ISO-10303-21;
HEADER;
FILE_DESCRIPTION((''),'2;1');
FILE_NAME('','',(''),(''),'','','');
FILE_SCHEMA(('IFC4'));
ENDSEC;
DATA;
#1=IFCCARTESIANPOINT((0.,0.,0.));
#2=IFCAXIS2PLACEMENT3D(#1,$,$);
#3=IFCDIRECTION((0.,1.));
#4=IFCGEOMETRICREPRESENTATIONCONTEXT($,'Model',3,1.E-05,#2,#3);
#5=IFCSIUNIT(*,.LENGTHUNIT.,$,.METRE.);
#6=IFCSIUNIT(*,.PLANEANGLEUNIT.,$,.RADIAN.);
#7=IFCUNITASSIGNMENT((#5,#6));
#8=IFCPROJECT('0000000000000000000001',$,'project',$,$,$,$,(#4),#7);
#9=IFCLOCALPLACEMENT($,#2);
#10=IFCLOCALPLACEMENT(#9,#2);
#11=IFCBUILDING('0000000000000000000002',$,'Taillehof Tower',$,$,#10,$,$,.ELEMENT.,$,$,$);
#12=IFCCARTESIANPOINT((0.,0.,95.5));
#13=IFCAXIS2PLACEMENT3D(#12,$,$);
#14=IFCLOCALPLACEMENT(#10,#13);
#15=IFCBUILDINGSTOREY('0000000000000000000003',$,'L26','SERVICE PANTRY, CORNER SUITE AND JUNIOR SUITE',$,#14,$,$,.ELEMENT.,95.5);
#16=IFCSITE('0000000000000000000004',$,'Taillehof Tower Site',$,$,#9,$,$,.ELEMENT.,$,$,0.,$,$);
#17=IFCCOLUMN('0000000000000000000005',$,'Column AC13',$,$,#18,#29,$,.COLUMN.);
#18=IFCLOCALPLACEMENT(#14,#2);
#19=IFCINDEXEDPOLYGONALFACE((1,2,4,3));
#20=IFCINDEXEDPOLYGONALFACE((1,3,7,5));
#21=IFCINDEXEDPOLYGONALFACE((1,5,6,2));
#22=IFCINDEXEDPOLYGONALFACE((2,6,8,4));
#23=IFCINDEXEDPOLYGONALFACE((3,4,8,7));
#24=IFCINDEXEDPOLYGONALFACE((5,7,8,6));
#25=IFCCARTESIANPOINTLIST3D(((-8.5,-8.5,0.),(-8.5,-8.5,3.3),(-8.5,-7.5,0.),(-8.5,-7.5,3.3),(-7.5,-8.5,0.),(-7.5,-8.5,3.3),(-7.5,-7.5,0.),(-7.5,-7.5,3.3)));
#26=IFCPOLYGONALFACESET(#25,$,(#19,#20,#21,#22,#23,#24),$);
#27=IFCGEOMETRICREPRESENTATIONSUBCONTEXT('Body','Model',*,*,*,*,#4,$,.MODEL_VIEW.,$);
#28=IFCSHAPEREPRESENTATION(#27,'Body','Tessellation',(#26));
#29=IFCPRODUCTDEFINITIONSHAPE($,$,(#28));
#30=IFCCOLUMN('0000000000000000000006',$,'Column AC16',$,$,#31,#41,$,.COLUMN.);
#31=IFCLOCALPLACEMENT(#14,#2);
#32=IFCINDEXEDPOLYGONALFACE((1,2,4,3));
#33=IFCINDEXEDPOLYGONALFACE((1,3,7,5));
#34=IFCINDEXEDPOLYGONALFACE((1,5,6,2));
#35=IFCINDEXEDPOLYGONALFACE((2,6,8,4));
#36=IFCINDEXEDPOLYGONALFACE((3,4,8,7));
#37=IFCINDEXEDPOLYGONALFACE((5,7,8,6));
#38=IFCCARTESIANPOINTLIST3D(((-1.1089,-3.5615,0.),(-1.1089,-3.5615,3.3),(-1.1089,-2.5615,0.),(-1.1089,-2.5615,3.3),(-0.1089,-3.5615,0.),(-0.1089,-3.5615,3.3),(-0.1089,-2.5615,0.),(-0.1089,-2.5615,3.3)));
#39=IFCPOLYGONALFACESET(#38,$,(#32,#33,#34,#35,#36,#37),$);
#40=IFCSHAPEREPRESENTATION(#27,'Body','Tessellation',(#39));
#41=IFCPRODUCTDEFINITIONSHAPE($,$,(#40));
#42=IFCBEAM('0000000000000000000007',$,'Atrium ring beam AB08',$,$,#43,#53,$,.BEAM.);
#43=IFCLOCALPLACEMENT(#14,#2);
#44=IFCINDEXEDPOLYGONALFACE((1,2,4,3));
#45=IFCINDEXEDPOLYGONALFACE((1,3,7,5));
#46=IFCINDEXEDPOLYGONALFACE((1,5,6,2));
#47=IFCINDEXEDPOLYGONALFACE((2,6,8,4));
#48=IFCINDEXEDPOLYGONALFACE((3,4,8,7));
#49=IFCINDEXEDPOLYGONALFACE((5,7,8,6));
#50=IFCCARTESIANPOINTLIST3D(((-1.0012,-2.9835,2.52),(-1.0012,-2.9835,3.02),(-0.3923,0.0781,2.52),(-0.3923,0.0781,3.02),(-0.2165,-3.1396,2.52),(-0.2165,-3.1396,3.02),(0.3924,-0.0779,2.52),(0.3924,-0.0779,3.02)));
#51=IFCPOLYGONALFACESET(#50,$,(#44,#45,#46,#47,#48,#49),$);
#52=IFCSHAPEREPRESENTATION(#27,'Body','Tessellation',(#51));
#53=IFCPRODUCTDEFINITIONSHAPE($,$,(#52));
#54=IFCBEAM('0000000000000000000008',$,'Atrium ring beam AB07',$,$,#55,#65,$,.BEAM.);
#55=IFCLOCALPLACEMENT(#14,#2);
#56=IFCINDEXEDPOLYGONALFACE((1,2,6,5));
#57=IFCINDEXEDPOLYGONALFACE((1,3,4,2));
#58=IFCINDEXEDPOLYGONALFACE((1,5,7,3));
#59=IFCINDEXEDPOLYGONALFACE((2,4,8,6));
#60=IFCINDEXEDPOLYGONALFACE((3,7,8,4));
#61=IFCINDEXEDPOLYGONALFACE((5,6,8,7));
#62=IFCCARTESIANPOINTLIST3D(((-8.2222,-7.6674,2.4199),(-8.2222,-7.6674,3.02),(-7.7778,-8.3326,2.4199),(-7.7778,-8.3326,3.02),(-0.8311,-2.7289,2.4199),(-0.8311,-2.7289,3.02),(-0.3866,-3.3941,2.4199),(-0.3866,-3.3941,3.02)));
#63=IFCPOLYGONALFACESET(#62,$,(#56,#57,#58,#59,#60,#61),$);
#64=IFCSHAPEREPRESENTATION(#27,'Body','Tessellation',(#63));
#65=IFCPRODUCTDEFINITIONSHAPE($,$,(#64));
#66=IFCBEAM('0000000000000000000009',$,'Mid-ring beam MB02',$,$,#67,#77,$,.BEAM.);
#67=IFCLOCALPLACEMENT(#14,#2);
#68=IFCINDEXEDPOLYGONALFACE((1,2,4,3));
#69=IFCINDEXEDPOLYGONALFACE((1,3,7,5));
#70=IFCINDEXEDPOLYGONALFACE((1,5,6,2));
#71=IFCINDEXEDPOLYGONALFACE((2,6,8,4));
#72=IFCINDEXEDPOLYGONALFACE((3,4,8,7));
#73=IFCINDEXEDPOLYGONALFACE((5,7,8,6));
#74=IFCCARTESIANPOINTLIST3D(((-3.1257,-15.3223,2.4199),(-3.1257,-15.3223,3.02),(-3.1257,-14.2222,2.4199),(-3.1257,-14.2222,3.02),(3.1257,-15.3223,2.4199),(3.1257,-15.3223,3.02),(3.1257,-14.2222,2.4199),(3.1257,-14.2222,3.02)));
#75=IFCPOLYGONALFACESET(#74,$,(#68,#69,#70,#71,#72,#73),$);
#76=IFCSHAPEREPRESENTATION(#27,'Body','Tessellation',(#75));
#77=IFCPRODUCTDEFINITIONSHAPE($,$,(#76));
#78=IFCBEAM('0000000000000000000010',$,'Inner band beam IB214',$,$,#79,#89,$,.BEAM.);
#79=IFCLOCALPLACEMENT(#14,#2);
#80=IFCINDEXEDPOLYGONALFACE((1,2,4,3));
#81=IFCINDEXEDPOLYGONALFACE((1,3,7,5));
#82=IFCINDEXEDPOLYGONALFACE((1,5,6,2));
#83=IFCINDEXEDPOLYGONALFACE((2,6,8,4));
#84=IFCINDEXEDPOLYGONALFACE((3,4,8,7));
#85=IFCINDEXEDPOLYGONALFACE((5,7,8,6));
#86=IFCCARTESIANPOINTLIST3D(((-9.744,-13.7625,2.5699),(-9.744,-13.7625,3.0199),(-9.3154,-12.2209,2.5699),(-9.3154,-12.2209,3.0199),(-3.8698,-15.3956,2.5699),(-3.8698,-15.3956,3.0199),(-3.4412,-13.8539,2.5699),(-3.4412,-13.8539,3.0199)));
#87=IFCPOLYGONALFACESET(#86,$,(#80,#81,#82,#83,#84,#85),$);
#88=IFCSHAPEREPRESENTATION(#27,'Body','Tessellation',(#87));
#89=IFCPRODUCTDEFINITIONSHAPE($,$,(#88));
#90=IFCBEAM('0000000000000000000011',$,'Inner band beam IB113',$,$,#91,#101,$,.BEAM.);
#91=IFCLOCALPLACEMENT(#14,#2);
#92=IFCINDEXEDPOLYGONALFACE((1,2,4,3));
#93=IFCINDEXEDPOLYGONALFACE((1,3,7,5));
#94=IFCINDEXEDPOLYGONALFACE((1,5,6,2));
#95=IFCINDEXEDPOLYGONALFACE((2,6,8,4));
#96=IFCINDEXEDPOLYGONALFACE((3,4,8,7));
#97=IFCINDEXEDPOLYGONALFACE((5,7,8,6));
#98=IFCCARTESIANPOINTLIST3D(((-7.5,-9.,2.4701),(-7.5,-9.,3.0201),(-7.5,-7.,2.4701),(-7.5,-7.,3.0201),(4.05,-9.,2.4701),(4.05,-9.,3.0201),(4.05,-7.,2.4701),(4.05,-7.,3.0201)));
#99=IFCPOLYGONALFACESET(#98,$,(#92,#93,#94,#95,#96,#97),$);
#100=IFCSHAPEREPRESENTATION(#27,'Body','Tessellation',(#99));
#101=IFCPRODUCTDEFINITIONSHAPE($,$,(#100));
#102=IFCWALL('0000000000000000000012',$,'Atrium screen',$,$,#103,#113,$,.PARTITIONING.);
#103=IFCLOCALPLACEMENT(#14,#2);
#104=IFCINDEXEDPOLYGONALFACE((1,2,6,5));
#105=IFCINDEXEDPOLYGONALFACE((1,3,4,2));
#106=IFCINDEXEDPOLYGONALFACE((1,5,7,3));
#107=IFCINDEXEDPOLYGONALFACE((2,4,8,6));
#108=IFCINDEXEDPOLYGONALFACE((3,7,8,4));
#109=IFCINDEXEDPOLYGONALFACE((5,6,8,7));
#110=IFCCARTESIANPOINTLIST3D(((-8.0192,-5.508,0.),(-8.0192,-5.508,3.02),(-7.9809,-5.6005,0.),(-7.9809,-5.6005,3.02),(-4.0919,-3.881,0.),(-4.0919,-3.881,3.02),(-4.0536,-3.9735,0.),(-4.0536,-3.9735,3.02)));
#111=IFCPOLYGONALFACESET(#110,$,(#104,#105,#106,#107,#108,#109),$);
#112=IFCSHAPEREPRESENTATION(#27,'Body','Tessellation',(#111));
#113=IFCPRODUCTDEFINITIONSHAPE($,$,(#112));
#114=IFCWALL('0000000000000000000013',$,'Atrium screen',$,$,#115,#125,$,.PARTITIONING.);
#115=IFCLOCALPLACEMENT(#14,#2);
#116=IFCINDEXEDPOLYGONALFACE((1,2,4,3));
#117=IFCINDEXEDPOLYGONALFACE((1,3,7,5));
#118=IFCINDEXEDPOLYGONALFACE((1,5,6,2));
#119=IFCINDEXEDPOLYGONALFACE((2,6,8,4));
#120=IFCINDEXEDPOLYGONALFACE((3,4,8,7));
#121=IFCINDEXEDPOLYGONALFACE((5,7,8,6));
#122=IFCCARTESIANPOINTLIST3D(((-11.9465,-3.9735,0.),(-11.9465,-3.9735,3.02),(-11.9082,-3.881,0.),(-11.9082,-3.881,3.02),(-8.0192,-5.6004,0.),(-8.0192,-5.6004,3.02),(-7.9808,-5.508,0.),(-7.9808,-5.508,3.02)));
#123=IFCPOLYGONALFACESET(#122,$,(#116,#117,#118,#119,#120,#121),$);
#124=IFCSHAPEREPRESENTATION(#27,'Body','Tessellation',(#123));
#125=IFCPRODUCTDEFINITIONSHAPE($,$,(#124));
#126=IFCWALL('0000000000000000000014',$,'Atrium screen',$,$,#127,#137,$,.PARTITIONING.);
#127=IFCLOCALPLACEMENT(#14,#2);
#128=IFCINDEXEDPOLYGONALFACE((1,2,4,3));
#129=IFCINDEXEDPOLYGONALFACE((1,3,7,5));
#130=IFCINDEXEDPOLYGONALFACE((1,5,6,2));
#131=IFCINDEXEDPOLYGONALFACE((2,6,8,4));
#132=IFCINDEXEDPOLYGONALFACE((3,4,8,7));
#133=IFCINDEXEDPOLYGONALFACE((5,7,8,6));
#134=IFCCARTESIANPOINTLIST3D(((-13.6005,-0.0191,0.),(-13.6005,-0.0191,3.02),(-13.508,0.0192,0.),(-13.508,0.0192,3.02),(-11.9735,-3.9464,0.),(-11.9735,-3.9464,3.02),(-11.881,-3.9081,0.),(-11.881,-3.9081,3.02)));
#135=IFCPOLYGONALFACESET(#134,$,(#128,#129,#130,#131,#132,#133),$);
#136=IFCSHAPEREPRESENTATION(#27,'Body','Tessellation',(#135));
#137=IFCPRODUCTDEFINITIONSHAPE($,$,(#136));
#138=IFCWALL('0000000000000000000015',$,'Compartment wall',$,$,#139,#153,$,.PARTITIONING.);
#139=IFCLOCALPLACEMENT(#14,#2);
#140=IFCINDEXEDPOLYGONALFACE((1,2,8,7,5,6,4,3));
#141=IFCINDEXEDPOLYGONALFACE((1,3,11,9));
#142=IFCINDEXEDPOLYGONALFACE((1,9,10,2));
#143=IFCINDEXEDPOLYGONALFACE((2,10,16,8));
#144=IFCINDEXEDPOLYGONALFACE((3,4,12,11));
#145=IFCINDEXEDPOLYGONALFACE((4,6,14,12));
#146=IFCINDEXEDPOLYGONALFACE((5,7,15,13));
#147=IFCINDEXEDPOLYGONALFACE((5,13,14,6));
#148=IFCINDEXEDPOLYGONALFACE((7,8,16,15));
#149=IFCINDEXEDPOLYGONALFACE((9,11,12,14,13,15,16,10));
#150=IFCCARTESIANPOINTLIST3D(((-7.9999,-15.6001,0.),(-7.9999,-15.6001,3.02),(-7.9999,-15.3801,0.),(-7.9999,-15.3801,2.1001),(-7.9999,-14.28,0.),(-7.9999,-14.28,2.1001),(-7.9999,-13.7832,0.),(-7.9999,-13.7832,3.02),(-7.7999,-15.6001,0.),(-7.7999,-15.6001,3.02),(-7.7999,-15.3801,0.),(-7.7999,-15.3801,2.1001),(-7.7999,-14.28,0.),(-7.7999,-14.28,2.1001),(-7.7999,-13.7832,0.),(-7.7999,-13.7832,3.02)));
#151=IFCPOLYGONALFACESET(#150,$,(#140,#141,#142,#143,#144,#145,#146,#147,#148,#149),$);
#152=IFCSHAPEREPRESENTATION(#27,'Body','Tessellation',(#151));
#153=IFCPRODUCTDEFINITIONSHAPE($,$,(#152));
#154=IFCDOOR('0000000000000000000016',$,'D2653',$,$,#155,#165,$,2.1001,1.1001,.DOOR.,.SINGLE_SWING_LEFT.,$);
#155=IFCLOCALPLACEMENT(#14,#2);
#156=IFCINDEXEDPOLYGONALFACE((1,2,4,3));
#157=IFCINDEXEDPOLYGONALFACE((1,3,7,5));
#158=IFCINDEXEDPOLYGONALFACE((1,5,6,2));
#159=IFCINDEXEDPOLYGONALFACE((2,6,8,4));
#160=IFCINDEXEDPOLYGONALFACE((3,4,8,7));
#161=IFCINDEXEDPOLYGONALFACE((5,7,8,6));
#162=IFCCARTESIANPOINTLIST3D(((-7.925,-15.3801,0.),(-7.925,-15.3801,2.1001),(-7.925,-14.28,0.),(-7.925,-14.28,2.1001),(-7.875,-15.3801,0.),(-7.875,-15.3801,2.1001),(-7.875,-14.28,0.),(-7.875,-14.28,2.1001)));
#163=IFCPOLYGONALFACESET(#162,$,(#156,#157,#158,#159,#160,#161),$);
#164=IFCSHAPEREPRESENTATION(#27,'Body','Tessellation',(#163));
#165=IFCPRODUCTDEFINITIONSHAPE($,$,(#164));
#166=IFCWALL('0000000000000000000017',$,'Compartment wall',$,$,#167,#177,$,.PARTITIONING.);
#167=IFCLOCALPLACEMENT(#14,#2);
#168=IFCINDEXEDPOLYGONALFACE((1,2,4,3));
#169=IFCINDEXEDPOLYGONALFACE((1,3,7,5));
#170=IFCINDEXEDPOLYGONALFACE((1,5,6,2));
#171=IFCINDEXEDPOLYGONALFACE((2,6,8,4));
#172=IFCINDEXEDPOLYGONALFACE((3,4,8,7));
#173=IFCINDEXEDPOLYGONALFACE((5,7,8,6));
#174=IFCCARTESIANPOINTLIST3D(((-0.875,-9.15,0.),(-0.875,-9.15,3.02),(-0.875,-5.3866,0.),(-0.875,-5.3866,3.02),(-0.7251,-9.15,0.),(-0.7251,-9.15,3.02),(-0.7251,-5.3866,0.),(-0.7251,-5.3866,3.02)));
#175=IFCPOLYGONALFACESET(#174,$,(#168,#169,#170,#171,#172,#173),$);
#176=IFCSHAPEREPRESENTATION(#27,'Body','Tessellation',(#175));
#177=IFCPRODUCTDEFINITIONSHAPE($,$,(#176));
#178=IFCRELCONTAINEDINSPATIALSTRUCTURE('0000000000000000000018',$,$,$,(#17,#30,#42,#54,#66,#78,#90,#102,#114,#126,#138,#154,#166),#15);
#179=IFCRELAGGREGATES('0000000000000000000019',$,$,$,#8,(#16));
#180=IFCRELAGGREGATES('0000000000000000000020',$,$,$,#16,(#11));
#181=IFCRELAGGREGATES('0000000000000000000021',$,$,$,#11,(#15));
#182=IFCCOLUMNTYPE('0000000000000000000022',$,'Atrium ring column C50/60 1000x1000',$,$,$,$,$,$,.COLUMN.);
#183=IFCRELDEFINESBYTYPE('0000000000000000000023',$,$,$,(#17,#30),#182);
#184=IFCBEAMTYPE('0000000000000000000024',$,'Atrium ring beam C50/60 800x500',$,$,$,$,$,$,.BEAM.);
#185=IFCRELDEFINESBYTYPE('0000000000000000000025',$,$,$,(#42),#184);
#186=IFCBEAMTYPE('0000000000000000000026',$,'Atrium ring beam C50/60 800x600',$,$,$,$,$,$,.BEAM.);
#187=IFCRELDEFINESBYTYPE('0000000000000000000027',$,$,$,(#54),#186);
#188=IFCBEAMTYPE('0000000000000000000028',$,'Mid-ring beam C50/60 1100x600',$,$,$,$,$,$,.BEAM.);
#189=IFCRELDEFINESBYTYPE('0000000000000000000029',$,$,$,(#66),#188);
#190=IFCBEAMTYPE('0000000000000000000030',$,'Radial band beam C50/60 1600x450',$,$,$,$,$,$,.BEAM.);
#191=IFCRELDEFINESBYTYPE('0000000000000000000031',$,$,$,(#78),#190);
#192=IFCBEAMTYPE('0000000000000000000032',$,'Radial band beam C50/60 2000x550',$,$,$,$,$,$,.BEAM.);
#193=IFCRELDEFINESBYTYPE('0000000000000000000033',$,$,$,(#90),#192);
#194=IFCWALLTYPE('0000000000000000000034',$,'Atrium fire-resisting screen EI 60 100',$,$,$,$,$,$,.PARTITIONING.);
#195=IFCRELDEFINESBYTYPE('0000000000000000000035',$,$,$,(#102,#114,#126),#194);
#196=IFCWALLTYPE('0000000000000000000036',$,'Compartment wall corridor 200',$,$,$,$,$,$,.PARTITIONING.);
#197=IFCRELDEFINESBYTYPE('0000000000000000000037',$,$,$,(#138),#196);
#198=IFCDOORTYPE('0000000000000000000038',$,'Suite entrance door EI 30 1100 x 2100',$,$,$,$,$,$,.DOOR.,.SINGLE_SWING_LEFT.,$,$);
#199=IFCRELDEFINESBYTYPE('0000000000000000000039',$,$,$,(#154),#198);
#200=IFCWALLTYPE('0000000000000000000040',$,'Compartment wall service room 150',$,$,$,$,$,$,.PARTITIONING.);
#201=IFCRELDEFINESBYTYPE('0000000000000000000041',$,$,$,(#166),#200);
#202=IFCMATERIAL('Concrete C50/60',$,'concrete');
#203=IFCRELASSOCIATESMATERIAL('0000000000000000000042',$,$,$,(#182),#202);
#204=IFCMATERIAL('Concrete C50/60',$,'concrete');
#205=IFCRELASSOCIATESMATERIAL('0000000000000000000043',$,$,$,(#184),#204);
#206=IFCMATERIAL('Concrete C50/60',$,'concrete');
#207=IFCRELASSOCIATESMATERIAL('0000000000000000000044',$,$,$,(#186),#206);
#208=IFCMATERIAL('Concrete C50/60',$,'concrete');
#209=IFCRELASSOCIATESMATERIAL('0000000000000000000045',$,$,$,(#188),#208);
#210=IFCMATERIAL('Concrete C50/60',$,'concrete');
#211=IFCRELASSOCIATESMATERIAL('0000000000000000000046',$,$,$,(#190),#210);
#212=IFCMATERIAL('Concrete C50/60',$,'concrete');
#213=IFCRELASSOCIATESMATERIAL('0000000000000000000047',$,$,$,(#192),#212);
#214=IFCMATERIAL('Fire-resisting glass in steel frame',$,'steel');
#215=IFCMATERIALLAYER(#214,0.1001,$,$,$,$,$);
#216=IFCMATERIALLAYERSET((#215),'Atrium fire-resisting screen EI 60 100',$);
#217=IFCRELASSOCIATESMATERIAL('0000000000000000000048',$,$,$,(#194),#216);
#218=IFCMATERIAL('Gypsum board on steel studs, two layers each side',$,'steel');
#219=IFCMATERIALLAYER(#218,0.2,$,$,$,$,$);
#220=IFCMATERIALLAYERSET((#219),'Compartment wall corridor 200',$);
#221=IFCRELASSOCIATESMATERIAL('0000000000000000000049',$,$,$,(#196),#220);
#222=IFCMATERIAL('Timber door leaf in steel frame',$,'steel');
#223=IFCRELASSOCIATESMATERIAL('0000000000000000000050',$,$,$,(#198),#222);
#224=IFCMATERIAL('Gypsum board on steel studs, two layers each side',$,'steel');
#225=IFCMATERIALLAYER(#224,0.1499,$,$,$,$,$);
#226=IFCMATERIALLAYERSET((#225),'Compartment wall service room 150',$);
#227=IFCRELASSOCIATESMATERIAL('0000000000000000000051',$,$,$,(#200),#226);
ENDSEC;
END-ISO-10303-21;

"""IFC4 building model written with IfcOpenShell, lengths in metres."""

from ifc_helpers import new_model, si_unit, direction, frame, frame_2d, origin, origin_2d, place, context, subcontext, project, spatial, rectangle, extrude, material, layer, layer_set, material_profile, profile_set, type_object, element, fill, save


model = new_model("IFC4")

# Units and contexts
model_context = context("Model", 3, precision=1e-05, world=origin(), true_north=direction((0.0, 1.0)))
body_context = subcontext(model_context, "Body", "Model", "MODEL_VIEW")
ifc_project = project(units=[si_unit("LENGTHUNIT", "METRE"), si_unit("PLANEANGLEUNIT", "RADIAN")], contexts=[model_context])

# Site, building, storey
site_placement = place(None, origin())
site = spatial("IfcSite", under=ifc_project, at=site_placement, Name="Taillehof Tower Site", CompositionType="ELEMENT", RefElevation=0.0)
building_placement = place(site_placement, origin())
building = spatial("IfcBuilding", under=site, at=building_placement, Name="Taillehof Tower", CompositionType="ELEMENT")
storey_placement = place(building_placement, frame((0.0, 0.0, 95.5)))
storey = spatial("IfcBuildingStorey", under=building, at=storey_placement, Name="L26", Description="SERVICE PANTRY, CORNER SUITE AND JUNIOR SUITE", CompositionType="ELEMENT", Elevation=95.5)

# Columns
ifc_material_1 = material(Name="Concrete C50/60", Category="concrete")
ifc_material_profile_1 = material_profile(ifc_material_1, rectangle(XDim=1.0, YDim=1.0, at=origin_2d()), Name="RC 1000x1000")
ifc_profile_set_1 = profile_set([ifc_material_profile_1], Name="Concrete C50/60")
column_type = type_object("IfcColumnType", Name="Atrium ring column C50/60 1000x1000", PredefinedType="COLUMN", material=ifc_profile_set_1)
for number, where, z_axis, x_axis, name in (
    (1, (-8.0, -8.0, 0.0), (0.0, 0.0, 1.0), (1.0, 0.0, 0.0), "Column AC13"),
    (2, (-0.6089, -3.0615, 0.0), (0.0, 0.0, 1.0), (1.0, 0.0, 0.0), "Column AC16"),
):
    element("IfcColumn", number, at=place(storey_placement, frame(where, z_axis=z_axis, x_axis=x_axis)), inside=storey, type_object=column_type, Name=name, PredefinedType="COLUMN", context=body_context, shape_type="SweptSolid", body=[
        extrude(rectangle(XDim=1.0, YDim=1.0, at=origin_2d()), origin(), (0.0, 0.0, 1.0), 3.3),
    ])

# Beams
ifc_material_2 = material(Name="Concrete C50/60", Category="concrete")
ifc_material_profile_2 = material_profile(ifc_material_2, rectangle(XDim=0.8, YDim=0.5, at=origin_2d()), Name="RC 800x500")
ifc_profile_set_2 = profile_set([ifc_material_profile_2], Name="Concrete C50/60")
beam_type_1 = type_object("IfcBeamType", Name="Atrium ring beam C50/60 800x500", PredefinedType="BEAM", material=ifc_profile_set_2)
beam_1_placement = place(storey_placement, frame((-0.6089, -3.0615, 2.77), z_axis=(0.195063, 0.980791, 0.0), x_axis=(-0.980791, 0.195063, 0.0)))
element("IfcBeam", 3, at=beam_1_placement, inside=storey, type_object=beam_type_1, Name="Atrium ring beam AB08", PredefinedType="BEAM", context=body_context, shape_type="SweptSolid", body=[
    extrude(rectangle(XDim=0.8, YDim=0.5, at=origin_2d()), origin(), (0.0, 0.0, 1.0), 3.1216),
])
ifc_material_3 = material(Name="Concrete C50/60", Category="concrete")
ifc_material_profile_3 = material_profile(ifc_material_3, rectangle(XDim=0.8, YDim=0.6001, at=origin_2d()), Name="RC 800x600")
ifc_profile_set_3 = profile_set([ifc_material_profile_3], Name="Concrete C50/60")
beam_type_2 = type_object("IfcBeamType", Name="Atrium ring beam C50/60 800x600", PredefinedType="BEAM", material=ifc_profile_set_3)
beam_2_placement = place(storey_placement, frame((-8.0, -8.0, 2.72), z_axis=(0.831475, 0.555562, 0.0), x_axis=(-0.555562, 0.831475, 0.0)))
element("IfcBeam", 4, at=beam_2_placement, inside=storey, type_object=beam_type_2, Name="Atrium ring beam AB07", PredefinedType="BEAM", context=body_context, shape_type="SweptSolid", body=[
    extrude(rectangle(XDim=0.8, YDim=0.6001, at=origin_2d()), origin(), (0.0, 0.0, 1.0), 8.8892),
])
ifc_material_4 = material(Name="Concrete C50/60", Category="concrete")
ifc_material_profile_4 = material_profile(ifc_material_4, rectangle(XDim=1.1001, YDim=0.6001, at=origin_2d()), Name="RC 1100x600")
ifc_profile_set_4 = profile_set([ifc_material_profile_4], Name="Concrete C50/60")
beam_type_3 = type_object("IfcBeamType", Name="Mid-ring beam C50/60 1100x600", PredefinedType="BEAM", material=ifc_profile_set_4)
beam_3_placement = place(storey_placement, frame((-3.1257, -14.7722, 2.72), z_axis=(1.0, 0.0, 0.0), x_axis=(0.0, 1.0, 0.0)))
element("IfcBeam", 5, at=beam_3_placement, inside=storey, type_object=beam_type_3, Name="Mid-ring beam MB02", PredefinedType="BEAM", context=body_context, shape_type="SweptSolid", body=[
    extrude(rectangle(XDim=1.1001, YDim=0.6001, at=origin_2d()), origin(), (0.0, 0.0, 1.0), 6.2515),
])
ifc_material_5 = material(Name="Concrete C50/60", Category="concrete")
ifc_material_profile_5 = material_profile(ifc_material_5, rectangle(XDim=1.6001, YDim=0.45, at=origin_2d()), Name="RC 1600x450")
ifc_profile_set_5 = profile_set([ifc_material_profile_5], Name="Concrete C50/60")
beam_type_4 = type_object("IfcBeamType", Name="Radial band beam C50/60 1600x450", PredefinedType="BEAM", material=ifc_profile_set_5)
beam_4_placement = place(storey_placement, frame((-3.6555, -14.6248, 2.7949), z_axis=(-0.963459, 0.267855, 0.0), x_axis=(-0.267855, -0.963459, 0.0)))
element("IfcBeam", 6, at=beam_4_placement, inside=storey, type_object=beam_type_4, Name="Inner band beam IB214", PredefinedType="BEAM", context=body_context, shape_type="SweptSolid", body=[
    extrude(rectangle(XDim=1.6001, YDim=0.45, at=origin_2d()), origin(), (0.0, 0.0, 1.0), 6.0969),
])
ifc_material_6 = material(Name="Concrete C50/60", Category="concrete")
ifc_material_profile_6 = material_profile(ifc_material_6, rectangle(XDim=2.0, YDim=0.55, at=origin_2d()), Name="RC 2000x550")
ifc_profile_set_6 = profile_set([ifc_material_profile_6], Name="Concrete C50/60")
beam_type_5 = type_object("IfcBeamType", Name="Radial band beam C50/60 2000x550", PredefinedType="BEAM", material=ifc_profile_set_6)
beam_5_placement = place(storey_placement, frame((-7.5, -8.0, 2.7451), z_axis=(1.0, 0.0, 0.0), x_axis=(0.0, 1.0, 0.0)))
element("IfcBeam", 7, at=beam_5_placement, inside=storey, type_object=beam_type_5, Name="Inner band beam IB113", PredefinedType="BEAM", context=body_context, shape_type="SweptSolid", body=[
    extrude(rectangle(XDim=2.0, YDim=0.55, at=origin_2d()), origin(), (0.0, 0.0, 1.0), 11.55),
])

# Walls
ifc_material_7 = material(Name="Fire-resisting glass in steel frame", Category="steel")
ifc_layer_1 = layer(ifc_material_7, 0.1001)
ifc_layer_set_1 = layer_set([ifc_layer_1], Name="Atrium fire-resisting screen EI 60 100")
wall_type_1 = type_object("IfcWallType", Name="Atrium fire-resisting screen EI 60 100", PredefinedType="PARTITIONING", material=ifc_layer_set_1)
for number, where, z_axis, x_axis, name in (
    (8, (-4.0728, -3.9272, 0.0), (0.0, 0.0, 1.0), (-0.92386, -0.382731, 0.0), "Atrium screen"),
    (9, (-8.0, -5.5542, 0.0), (0.0, 0.0, 1.0), (-0.92386, 0.382731, 0.0), "Atrium screen"),
    (10, (-11.9272, -3.9272, 0.0), (0.0, 0.0, 1.0), (-0.382731, 0.92386, 0.0), "Atrium screen"),
):
    element("IfcWall", number, at=place(storey_placement, frame(where, z_axis=z_axis, x_axis=x_axis)), inside=storey, type_object=wall_type_1, Name=name, PredefinedType="PARTITIONING", context=body_context, shape_type="SweptSolid", body=[
        extrude(rectangle(XDim=4.251, YDim=0.1001, at=frame_2d((2.1255, 0.0))), origin(), (0.0, 0.0, 1.0), 3.02),
    ])

# Wall, opening, door
ifc_material_8 = material(Name="Gypsum board on steel studs, two layers each side", Category="steel")
ifc_layer_2 = layer(ifc_material_8, 0.2)
ifc_layer_set_2 = layer_set([ifc_layer_2], Name="Compartment wall corridor 200")
wall_type_2 = type_object("IfcWallType", Name="Compartment wall corridor 200", PredefinedType="PARTITIONING", material=ifc_layer_set_2)
wall_1_placement = place(storey_placement, frame((-7.8999, -13.7832, 0.0), z_axis=(0.0, 0.0, 1.0), x_axis=(0.0, -1.0, 0.0)))
wall_1 = element("IfcWall", 11, at=wall_1_placement, inside=storey, type_object=wall_type_2, Name="Compartment wall", PredefinedType="PARTITIONING", context=body_context, shape_type="SweptSolid", body=[
    extrude(rectangle(XDim=1.8169, YDim=0.2, at=frame_2d((0.9084, 0.0))), origin(), (0.0, 0.0, 1.0), 3.02),
])
opening_1_placement = place(wall_1_placement, frame((0.4968, 0.0, 0.0)))
opening_1 = element("IfcOpeningElement", 12, at=opening_1_placement, cuts=wall_1, PredefinedType="OPENING", context=body_context, shape_type="SweptSolid", body=[
    extrude(rectangle(XDim=1.1001, YDim=2.1001, at=frame_2d((0.55, 1.05))), frame((0.0, 0.1099, 0.0), z_axis=(0.0, -1.0, 0.0), x_axis=(1.0, 0.0, 0.0)), (0.0, 0.0, 1.0), 0.22),
])
ifc_material_9 = material(Name="Timber door leaf in steel frame", Category="steel")
door_type_1 = type_object("IfcDoorType", Name="Suite entrance door EI 30 1100 x 2100", OperationType="SINGLE_SWING_LEFT", PredefinedType="DOOR", material=ifc_material_9)
door_1_placement = place(opening_1_placement, origin())
door_1 = element("IfcDoor", 13, at=door_1_placement, inside=storey, type_object=door_type_1, Name="D2653", OperationType="SINGLE_SWING_LEFT", OverallHeight=2.1001, OverallWidth=1.1001, PredefinedType="DOOR", context=body_context, shape_type="SweptSolid", body=[
    extrude(rectangle(XDim=1.1001, YDim=2.1001, at=frame_2d((0.55, 1.05))), frame((0.0, 0.0249, 0.0), z_axis=(0.0, -1.0, 0.0), x_axis=(1.0, 0.0, 0.0)), (0.0, 0.0, 1.0), 0.05),
])
fill(opening_1, door_1)

# Wall
ifc_material_10 = material(Name="Gypsum board on steel studs, two layers each side", Category="steel")
ifc_layer_3 = layer(ifc_material_10, 0.1499)
ifc_layer_set_3 = layer_set([ifc_layer_3], Name="Compartment wall service room 150")
wall_type_3 = type_object("IfcWallType", Name="Compartment wall service room 150", PredefinedType="PARTITIONING", material=ifc_layer_set_3)
wall_2_placement = place(storey_placement, frame((-0.8, -5.3865, 0.0), z_axis=(0.0, 0.0, 1.0), x_axis=(0.0, -1.0, 0.0)))
element("IfcWall", 14, at=wall_2_placement, inside=storey, type_object=wall_type_3, Name="Compartment wall", PredefinedType="PARTITIONING", context=body_context, shape_type="SweptSolid", body=[
    extrude(rectangle(XDim=3.7634, YDim=0.1499, at=frame_2d((1.8818, 0.0))), origin(), (0.0, 0.0, 1.0), 3.02),
])

save(model, "model.ifc")
